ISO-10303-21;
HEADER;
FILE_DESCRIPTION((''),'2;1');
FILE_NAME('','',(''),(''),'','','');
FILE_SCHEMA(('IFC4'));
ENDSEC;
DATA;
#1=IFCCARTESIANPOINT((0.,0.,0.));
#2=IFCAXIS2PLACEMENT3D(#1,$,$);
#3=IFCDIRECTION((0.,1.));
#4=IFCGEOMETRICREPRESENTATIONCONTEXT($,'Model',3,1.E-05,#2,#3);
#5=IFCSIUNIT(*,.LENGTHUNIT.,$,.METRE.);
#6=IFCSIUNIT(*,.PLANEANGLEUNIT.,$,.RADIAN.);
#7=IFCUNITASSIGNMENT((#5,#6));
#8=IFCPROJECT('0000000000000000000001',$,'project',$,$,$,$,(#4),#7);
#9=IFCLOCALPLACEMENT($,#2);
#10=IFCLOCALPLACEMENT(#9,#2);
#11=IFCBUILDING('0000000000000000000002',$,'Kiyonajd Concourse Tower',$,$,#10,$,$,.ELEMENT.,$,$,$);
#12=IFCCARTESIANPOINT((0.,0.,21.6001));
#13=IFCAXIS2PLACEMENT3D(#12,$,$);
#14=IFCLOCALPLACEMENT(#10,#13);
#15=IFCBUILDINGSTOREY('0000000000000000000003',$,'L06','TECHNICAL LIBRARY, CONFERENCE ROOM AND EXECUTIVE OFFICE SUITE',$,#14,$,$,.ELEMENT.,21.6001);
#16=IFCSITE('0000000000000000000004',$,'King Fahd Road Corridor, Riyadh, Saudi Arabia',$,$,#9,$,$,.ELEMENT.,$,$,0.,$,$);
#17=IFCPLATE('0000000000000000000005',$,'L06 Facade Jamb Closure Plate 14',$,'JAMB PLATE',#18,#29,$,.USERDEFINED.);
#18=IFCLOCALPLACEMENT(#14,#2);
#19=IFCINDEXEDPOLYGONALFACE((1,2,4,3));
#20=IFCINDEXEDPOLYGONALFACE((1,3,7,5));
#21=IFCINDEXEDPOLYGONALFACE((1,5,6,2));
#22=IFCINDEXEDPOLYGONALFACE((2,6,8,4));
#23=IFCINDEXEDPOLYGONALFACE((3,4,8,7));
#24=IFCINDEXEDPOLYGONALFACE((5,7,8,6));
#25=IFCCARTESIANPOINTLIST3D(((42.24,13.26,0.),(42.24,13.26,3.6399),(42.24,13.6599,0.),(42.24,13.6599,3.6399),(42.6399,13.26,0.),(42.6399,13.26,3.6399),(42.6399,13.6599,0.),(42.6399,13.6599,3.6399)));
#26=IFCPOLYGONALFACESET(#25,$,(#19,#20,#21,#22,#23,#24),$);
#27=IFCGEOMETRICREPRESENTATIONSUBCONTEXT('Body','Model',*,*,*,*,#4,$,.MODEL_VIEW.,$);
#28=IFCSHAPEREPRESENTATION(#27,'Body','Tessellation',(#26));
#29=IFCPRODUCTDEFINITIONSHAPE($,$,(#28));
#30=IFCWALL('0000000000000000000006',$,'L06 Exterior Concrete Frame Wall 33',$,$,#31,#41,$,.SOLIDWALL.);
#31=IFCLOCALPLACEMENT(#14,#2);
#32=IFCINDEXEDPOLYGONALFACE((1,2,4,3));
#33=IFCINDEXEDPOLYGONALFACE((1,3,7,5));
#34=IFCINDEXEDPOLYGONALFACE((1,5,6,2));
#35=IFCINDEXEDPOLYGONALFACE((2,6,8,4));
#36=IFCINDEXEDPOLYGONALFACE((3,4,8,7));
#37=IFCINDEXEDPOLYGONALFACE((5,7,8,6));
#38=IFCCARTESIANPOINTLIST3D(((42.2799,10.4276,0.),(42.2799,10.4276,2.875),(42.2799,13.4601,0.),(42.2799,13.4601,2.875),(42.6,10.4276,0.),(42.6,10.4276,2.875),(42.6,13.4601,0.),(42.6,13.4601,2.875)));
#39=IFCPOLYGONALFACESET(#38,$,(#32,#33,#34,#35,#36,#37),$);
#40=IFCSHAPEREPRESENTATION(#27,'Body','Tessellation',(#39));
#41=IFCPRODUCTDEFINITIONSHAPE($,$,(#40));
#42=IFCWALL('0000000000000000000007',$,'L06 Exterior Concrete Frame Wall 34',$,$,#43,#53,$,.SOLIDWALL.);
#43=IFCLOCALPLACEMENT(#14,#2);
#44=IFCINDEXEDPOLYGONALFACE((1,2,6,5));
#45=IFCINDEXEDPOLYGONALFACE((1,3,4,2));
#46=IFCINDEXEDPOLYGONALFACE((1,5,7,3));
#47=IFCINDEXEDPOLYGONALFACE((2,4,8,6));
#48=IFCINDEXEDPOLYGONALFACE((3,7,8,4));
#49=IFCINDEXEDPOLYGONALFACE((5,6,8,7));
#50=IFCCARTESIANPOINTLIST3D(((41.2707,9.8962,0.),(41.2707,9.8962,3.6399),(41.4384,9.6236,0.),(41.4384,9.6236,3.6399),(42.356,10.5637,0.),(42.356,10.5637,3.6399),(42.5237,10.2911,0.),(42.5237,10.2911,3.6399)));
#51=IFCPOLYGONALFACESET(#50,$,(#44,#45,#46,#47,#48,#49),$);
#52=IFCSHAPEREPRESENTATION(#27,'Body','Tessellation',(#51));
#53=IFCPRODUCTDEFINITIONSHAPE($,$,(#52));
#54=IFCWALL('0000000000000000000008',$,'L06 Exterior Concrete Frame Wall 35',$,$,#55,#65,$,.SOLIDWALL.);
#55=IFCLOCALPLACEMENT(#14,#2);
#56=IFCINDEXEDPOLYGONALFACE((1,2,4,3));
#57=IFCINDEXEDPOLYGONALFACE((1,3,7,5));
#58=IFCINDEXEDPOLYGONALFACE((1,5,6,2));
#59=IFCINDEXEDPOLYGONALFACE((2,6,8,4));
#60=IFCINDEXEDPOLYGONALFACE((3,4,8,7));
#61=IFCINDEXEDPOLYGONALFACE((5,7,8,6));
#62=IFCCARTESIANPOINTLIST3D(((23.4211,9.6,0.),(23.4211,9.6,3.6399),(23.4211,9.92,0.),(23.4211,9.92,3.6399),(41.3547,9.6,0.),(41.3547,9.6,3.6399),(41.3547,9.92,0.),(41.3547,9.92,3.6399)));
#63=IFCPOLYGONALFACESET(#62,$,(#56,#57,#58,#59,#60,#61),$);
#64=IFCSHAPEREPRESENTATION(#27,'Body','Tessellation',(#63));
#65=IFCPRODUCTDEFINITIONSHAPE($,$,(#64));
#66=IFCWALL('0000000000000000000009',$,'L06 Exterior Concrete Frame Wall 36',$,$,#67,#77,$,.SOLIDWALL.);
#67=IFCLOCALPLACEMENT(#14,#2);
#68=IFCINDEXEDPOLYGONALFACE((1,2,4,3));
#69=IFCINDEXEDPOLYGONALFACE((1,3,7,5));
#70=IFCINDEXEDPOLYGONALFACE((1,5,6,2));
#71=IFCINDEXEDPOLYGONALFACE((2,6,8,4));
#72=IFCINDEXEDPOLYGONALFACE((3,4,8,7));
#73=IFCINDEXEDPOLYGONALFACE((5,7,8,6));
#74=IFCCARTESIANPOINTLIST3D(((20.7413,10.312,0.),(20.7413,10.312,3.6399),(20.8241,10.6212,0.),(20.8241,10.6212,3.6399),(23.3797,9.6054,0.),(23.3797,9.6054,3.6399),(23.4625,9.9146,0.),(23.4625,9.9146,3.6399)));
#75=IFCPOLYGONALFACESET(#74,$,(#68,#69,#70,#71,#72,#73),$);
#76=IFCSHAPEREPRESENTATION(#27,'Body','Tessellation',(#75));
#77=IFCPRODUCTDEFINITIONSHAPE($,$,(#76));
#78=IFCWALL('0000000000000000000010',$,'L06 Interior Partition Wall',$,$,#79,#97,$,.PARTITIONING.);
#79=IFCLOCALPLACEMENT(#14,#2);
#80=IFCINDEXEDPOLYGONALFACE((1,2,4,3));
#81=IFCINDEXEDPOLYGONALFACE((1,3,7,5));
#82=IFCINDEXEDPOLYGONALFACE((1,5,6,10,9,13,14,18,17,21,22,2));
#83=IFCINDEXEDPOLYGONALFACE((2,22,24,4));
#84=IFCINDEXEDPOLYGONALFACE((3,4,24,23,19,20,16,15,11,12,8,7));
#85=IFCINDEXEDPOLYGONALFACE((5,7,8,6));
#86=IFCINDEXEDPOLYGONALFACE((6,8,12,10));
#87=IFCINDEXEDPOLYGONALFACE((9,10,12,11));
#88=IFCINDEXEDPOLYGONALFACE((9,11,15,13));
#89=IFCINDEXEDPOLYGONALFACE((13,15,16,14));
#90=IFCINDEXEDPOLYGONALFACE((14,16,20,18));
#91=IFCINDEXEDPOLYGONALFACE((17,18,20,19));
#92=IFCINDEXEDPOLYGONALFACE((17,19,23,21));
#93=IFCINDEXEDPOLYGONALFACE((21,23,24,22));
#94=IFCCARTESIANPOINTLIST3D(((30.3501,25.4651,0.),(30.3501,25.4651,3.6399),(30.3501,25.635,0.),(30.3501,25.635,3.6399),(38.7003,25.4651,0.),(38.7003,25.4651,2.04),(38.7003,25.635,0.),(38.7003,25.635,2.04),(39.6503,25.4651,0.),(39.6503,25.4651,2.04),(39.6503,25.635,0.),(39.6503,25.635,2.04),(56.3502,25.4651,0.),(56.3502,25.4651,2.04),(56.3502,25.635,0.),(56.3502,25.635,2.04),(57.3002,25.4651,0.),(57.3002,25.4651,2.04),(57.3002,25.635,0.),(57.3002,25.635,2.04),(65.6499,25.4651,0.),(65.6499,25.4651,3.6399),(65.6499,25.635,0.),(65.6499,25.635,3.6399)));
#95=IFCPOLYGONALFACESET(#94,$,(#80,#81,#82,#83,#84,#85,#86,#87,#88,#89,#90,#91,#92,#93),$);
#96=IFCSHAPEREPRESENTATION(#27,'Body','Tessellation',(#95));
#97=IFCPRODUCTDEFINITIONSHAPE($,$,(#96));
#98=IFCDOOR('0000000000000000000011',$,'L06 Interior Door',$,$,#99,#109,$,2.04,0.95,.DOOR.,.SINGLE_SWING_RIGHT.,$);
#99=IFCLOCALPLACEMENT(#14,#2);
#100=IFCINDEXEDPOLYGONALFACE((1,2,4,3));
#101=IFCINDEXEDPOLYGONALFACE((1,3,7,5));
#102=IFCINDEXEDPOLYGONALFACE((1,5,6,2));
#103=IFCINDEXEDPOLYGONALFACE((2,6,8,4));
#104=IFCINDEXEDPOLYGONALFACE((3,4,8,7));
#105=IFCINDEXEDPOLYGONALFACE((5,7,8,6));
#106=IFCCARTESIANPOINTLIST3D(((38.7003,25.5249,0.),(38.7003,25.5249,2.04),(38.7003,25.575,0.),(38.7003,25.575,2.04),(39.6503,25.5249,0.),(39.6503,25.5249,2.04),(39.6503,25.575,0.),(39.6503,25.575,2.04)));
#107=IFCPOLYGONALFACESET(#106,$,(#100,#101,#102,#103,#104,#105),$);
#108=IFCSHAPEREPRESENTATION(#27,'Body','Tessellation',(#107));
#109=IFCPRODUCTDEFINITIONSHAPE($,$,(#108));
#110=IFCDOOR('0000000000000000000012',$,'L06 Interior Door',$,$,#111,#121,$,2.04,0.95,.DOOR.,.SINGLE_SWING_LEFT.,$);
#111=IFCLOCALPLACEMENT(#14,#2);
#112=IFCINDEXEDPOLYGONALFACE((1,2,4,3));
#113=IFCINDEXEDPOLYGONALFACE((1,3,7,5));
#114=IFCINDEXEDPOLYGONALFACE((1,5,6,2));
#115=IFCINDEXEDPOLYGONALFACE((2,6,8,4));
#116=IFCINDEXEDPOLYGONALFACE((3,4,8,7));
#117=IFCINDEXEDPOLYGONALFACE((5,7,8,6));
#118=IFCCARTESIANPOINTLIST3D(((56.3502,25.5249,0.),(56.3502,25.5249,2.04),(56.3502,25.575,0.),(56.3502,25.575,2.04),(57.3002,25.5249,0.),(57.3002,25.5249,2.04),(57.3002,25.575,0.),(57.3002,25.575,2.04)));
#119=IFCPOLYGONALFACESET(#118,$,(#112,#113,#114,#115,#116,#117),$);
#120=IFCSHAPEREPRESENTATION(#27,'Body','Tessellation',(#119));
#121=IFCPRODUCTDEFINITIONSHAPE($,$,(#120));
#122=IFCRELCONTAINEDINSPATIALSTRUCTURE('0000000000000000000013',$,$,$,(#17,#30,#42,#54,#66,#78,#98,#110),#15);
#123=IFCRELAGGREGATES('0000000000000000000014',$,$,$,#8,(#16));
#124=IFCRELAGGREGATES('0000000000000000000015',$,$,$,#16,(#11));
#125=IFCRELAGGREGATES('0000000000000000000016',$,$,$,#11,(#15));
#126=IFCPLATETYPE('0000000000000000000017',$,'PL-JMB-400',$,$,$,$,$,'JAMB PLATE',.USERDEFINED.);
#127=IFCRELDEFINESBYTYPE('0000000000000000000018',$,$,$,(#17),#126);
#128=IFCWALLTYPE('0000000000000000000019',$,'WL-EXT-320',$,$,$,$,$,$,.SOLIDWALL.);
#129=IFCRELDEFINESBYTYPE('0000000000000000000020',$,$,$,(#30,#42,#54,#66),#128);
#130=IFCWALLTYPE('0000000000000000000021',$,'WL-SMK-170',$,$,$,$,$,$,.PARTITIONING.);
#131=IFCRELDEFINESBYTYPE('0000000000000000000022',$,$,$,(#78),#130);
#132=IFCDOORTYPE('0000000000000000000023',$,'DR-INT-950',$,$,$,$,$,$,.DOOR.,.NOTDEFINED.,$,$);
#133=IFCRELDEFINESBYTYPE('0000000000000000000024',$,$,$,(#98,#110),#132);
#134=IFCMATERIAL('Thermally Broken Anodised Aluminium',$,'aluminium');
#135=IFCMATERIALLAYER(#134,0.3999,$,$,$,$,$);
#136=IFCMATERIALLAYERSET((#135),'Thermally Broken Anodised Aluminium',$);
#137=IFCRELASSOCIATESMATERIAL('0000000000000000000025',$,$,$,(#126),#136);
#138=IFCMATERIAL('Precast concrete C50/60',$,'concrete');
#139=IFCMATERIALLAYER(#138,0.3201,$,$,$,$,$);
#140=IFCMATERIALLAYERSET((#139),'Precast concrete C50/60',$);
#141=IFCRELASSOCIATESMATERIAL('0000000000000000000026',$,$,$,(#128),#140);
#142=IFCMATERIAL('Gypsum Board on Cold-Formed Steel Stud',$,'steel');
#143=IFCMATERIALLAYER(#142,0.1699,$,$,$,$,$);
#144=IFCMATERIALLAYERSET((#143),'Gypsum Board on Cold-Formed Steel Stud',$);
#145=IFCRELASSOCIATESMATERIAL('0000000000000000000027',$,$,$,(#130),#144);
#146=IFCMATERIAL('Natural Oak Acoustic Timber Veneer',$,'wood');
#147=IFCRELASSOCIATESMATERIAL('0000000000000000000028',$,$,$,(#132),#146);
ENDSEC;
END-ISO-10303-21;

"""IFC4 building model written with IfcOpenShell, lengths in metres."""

from ifc_helpers import new_model, si_unit, direction, frame, frame_2d, origin, origin_2d, place, context, subcontext, project, spatial, rectangle, extrude, material, layer, layer_set, type_object, element, fill, save


model = new_model("IFC4")

# Units and contexts
model_context = context("Model", 3, precision=1e-05, world=origin(), true_north=direction((0.0, 1.0)))
body_context = subcontext(model_context, "Body", "Model", "MODEL_VIEW")
ifc_project = project(units=[si_unit("LENGTHUNIT", "METRE"), si_unit("PLANEANGLEUNIT", "RADIAN")], contexts=[model_context])

# Site, building, storey
site_placement = place(None, origin())
site = spatial("IfcSite", under=ifc_project, at=site_placement, Name="King Fahd Road Corridor, Riyadh, Saudi Arabia", CompositionType="ELEMENT", RefElevation=0.0)
building_placement = place(site_placement, origin())
building = spatial("IfcBuilding", under=site, at=building_placement, Name="Kiyonajd Concourse Tower", CompositionType="ELEMENT")
storey_placement = place(building_placement, frame((0.0, 0.0, 21.6001)))
storey = spatial("IfcBuildingStorey", under=building, at=storey_placement, Name="L06", Description="TECHNICAL LIBRARY, CONFERENCE ROOM AND EXECUTIVE OFFICE SUITE", CompositionType="ELEMENT", Elevation=21.6001)

# Shared definitions
ifc_material_1 = material(Name="Precast concrete C50/60", Category="concrete")

# Plate
ifc_material_2 = material(Name="Thermally Broken Anodised Aluminium", Category="aluminium")
ifc_layer_1 = layer(ifc_material_2, 0.3999)
ifc_layer_set_1 = layer_set([ifc_layer_1], Name="Thermally Broken Anodised Aluminium")
plate_type_1 = type_object("IfcPlateType", Name="PL-JMB-400", ElementType="JAMB PLATE", PredefinedType="USERDEFINED", material=ifc_layer_set_1)
plate_placement = place(storey_placement, frame((42.4399, 13.46, 0.0), z_axis=(0.0, 0.0, 1.0), x_axis=(1.0, 0.0, 0.0)))
element("IfcPlate", 1, at=plate_placement, inside=storey, type_object=plate_type_1, Name="L06 Facade Jamb Closure Plate 14", ObjectType="JAMB PLATE", PredefinedType="USERDEFINED", context=body_context, shape_type="SweptSolid", body=[
    extrude(rectangle(XDim=0.3999, YDim=0.3999, at=origin_2d()), origin(), (0.0, 0.0, 1.0), 3.6399),
])

# Walls
ifc_layer_2 = layer(ifc_material_1, 0.3201)
ifc_layer_set_2 = layer_set([ifc_layer_2], Name="Precast concrete C50/60")
wall_type_1 = type_object("IfcWallType", Name="WL-EXT-320", PredefinedType="SOLIDWALL", material=ifc_layer_set_2)
wall_1_placement = place(storey_placement, frame((42.4399, 13.46, 0.0), z_axis=(0.0, 0.0, 1.0), x_axis=(0.0, -1.0, 0.0)))
element("IfcWall", 2, at=wall_1_placement, inside=storey, type_object=wall_type_1, Name="L06 Exterior Concrete Frame Wall 33", PredefinedType="SOLIDWALL", context=body_context, shape_type="SweptSolid", body=[
    extrude(rectangle(XDim=3.0325, YDim=0.3201, at=frame_2d((1.5161, 0.0))), origin(), (0.0, 0.0, 1.0), 2.875),
])
wall_2_placement = place(storey_placement, frame((42.4399, 10.4275, 0.0), z_axis=(0.0, 0.0, 1.0), x_axis=(-0.851777, -0.523905, 0.0)))
element("IfcWall", 3, at=wall_2_placement, inside=storey, type_object=wall_type_1, Name="L06 Exterior Concrete Frame Wall 34", PredefinedType="SOLIDWALL", context=body_context, shape_type="SweptSolid", body=[
    extrude(rectangle(XDim=1.2742, YDim=0.3201, at=frame_2d((0.6372, 0.0))), origin(), (0.0, 0.0, 1.0), 3.6399),
])
wall_3_placement = place(storey_placement, frame((41.3547, 9.76, 0.0), z_axis=(0.0, 0.0, 1.0), x_axis=(-1.0, 0.0, 0.0)))
element("IfcWall", 4, at=wall_3_placement, inside=storey, type_object=wall_type_1, Name="L06 Exterior Concrete Frame Wall 35", PredefinedType="SOLIDWALL", context=body_context, shape_type="SweptSolid", body=[
    extrude(rectangle(XDim=17.9336, YDim=0.3201, at=frame_2d((8.9668, 0.0))), origin(), (0.0, 0.0, 1.0), 3.6399),
])
wall_4_placement = place(storey_placement, frame((23.4211, 9.76, 0.0), z_axis=(0.0, 0.0, 1.0), x_axis=(-0.965964, 0.258675, 0.0)))
element("IfcWall", 5, at=wall_4_placement, inside=storey, type_object=wall_type_1, Name="L06 Exterior Concrete Frame Wall 36", PredefinedType="SOLIDWALL", context=body_context, shape_type="SweptSolid", body=[
    extrude(rectangle(XDim=2.7314, YDim=0.3201, at=frame_2d((1.3657, 0.0))), origin(), (0.0, 0.0, 1.0), 3.6399),
])

# Wall, openings, doors
ifc_material_3 = material(Name="Gypsum Board on Cold-Formed Steel Stud", Category="steel")
ifc_layer_3 = layer(ifc_material_3, 0.1699)
ifc_layer_set_3 = layer_set([ifc_layer_3], Name="Gypsum Board on Cold-Formed Steel Stud")
wall_type_2 = type_object("IfcWallType", Name="WL-SMK-170", PredefinedType="PARTITIONING", material=ifc_layer_set_3)
wall_5_placement = place(storey_placement, frame((30.3501, 25.55, 0.0), z_axis=(0.0, 0.0, 1.0), x_axis=(1.0, 0.0, 0.0)))
wall_5 = element("IfcWall", 6, at=wall_5_placement, inside=storey, type_object=wall_type_2, Name="L06 Interior Partition Wall", PredefinedType="PARTITIONING", context=body_context, shape_type="SweptSolid", body=[
    extrude(rectangle(XDim=35.2998, YDim=0.1699, at=frame_2d((17.6499, 0.0))), origin(), (0.0, 0.0, 1.0), 3.6399),
])
opening_1_placement = place(wall_5_placement, frame((8.3501, 0.0, 0.0)))
opening_1 = element("IfcOpeningElement", 7, at=opening_1_placement, cuts=wall_5, PredefinedType="OPENING", context=body_context, shape_type="SweptSolid", body=[
    extrude(rectangle(XDim=0.95, YDim=2.04, at=frame_2d((0.4751, 1.02))), frame((0.0, 0.095, 0.0), z_axis=(0.0, -1.0, 0.0), x_axis=(1.0, 0.0, 0.0)), (0.0, 0.0, 1.0), 0.1899),
])
opening_2_placement = place(wall_5_placement, frame((26.0, 0.0, 0.0)))
opening_2 = element("IfcOpeningElement", 8, at=opening_2_placement, cuts=wall_5, PredefinedType="OPENING", context=body_context, shape_type="SweptSolid", body=[
    extrude(rectangle(XDim=0.95, YDim=2.04, at=frame_2d((0.4751, 1.02))), frame((0.0, 0.095, 0.0), z_axis=(0.0, -1.0, 0.0), x_axis=(1.0, 0.0, 0.0)), (0.0, 0.0, 1.0), 0.1899),
])
ifc_material_4 = material(Name="Natural Oak Acoustic Timber Veneer", Category="wood")
door_type = type_object("IfcDoorType", Name="DR-INT-950", OperationType="NOTDEFINED", PredefinedType="DOOR", material=ifc_material_4)
door_1_placement = place(opening_1_placement, origin())
door_1 = element("IfcDoor", 9, at=door_1_placement, inside=storey, type_object=door_type, Name="L06 Interior Door", OperationType="SINGLE_SWING_RIGHT", OverallHeight=2.04, OverallWidth=0.95, PredefinedType="DOOR", context=body_context, shape_type="SweptSolid", body=[
    extrude(rectangle(XDim=0.95, YDim=2.04, at=frame_2d((0.4751, 1.02))), frame((0.0, 0.0249, 0.0), z_axis=(0.0, -1.0, 0.0), x_axis=(1.0, 0.0, 0.0)), (0.0, 0.0, 1.0), 0.05),
])
fill(opening_1, door_1)
door_2_placement = place(opening_2_placement, origin())
door_2 = element("IfcDoor", 10, at=door_2_placement, inside=storey, type_object=door_type, Name="L06 Interior Door", OperationType="SINGLE_SWING_LEFT", OverallHeight=2.04, OverallWidth=0.95, PredefinedType="DOOR", context=body_context, shape_type="SweptSolid", body=[
    extrude(rectangle(XDim=0.95, YDim=2.04, at=frame_2d((0.4751, 1.02))), frame((0.0, 0.0249, 0.0), z_axis=(0.0, -1.0, 0.0), x_axis=(1.0, 0.0, 0.0)), (0.0, 0.0, 1.0), 0.05),
])
fill(opening_2, door_2)

save(model, "model.ifc")
